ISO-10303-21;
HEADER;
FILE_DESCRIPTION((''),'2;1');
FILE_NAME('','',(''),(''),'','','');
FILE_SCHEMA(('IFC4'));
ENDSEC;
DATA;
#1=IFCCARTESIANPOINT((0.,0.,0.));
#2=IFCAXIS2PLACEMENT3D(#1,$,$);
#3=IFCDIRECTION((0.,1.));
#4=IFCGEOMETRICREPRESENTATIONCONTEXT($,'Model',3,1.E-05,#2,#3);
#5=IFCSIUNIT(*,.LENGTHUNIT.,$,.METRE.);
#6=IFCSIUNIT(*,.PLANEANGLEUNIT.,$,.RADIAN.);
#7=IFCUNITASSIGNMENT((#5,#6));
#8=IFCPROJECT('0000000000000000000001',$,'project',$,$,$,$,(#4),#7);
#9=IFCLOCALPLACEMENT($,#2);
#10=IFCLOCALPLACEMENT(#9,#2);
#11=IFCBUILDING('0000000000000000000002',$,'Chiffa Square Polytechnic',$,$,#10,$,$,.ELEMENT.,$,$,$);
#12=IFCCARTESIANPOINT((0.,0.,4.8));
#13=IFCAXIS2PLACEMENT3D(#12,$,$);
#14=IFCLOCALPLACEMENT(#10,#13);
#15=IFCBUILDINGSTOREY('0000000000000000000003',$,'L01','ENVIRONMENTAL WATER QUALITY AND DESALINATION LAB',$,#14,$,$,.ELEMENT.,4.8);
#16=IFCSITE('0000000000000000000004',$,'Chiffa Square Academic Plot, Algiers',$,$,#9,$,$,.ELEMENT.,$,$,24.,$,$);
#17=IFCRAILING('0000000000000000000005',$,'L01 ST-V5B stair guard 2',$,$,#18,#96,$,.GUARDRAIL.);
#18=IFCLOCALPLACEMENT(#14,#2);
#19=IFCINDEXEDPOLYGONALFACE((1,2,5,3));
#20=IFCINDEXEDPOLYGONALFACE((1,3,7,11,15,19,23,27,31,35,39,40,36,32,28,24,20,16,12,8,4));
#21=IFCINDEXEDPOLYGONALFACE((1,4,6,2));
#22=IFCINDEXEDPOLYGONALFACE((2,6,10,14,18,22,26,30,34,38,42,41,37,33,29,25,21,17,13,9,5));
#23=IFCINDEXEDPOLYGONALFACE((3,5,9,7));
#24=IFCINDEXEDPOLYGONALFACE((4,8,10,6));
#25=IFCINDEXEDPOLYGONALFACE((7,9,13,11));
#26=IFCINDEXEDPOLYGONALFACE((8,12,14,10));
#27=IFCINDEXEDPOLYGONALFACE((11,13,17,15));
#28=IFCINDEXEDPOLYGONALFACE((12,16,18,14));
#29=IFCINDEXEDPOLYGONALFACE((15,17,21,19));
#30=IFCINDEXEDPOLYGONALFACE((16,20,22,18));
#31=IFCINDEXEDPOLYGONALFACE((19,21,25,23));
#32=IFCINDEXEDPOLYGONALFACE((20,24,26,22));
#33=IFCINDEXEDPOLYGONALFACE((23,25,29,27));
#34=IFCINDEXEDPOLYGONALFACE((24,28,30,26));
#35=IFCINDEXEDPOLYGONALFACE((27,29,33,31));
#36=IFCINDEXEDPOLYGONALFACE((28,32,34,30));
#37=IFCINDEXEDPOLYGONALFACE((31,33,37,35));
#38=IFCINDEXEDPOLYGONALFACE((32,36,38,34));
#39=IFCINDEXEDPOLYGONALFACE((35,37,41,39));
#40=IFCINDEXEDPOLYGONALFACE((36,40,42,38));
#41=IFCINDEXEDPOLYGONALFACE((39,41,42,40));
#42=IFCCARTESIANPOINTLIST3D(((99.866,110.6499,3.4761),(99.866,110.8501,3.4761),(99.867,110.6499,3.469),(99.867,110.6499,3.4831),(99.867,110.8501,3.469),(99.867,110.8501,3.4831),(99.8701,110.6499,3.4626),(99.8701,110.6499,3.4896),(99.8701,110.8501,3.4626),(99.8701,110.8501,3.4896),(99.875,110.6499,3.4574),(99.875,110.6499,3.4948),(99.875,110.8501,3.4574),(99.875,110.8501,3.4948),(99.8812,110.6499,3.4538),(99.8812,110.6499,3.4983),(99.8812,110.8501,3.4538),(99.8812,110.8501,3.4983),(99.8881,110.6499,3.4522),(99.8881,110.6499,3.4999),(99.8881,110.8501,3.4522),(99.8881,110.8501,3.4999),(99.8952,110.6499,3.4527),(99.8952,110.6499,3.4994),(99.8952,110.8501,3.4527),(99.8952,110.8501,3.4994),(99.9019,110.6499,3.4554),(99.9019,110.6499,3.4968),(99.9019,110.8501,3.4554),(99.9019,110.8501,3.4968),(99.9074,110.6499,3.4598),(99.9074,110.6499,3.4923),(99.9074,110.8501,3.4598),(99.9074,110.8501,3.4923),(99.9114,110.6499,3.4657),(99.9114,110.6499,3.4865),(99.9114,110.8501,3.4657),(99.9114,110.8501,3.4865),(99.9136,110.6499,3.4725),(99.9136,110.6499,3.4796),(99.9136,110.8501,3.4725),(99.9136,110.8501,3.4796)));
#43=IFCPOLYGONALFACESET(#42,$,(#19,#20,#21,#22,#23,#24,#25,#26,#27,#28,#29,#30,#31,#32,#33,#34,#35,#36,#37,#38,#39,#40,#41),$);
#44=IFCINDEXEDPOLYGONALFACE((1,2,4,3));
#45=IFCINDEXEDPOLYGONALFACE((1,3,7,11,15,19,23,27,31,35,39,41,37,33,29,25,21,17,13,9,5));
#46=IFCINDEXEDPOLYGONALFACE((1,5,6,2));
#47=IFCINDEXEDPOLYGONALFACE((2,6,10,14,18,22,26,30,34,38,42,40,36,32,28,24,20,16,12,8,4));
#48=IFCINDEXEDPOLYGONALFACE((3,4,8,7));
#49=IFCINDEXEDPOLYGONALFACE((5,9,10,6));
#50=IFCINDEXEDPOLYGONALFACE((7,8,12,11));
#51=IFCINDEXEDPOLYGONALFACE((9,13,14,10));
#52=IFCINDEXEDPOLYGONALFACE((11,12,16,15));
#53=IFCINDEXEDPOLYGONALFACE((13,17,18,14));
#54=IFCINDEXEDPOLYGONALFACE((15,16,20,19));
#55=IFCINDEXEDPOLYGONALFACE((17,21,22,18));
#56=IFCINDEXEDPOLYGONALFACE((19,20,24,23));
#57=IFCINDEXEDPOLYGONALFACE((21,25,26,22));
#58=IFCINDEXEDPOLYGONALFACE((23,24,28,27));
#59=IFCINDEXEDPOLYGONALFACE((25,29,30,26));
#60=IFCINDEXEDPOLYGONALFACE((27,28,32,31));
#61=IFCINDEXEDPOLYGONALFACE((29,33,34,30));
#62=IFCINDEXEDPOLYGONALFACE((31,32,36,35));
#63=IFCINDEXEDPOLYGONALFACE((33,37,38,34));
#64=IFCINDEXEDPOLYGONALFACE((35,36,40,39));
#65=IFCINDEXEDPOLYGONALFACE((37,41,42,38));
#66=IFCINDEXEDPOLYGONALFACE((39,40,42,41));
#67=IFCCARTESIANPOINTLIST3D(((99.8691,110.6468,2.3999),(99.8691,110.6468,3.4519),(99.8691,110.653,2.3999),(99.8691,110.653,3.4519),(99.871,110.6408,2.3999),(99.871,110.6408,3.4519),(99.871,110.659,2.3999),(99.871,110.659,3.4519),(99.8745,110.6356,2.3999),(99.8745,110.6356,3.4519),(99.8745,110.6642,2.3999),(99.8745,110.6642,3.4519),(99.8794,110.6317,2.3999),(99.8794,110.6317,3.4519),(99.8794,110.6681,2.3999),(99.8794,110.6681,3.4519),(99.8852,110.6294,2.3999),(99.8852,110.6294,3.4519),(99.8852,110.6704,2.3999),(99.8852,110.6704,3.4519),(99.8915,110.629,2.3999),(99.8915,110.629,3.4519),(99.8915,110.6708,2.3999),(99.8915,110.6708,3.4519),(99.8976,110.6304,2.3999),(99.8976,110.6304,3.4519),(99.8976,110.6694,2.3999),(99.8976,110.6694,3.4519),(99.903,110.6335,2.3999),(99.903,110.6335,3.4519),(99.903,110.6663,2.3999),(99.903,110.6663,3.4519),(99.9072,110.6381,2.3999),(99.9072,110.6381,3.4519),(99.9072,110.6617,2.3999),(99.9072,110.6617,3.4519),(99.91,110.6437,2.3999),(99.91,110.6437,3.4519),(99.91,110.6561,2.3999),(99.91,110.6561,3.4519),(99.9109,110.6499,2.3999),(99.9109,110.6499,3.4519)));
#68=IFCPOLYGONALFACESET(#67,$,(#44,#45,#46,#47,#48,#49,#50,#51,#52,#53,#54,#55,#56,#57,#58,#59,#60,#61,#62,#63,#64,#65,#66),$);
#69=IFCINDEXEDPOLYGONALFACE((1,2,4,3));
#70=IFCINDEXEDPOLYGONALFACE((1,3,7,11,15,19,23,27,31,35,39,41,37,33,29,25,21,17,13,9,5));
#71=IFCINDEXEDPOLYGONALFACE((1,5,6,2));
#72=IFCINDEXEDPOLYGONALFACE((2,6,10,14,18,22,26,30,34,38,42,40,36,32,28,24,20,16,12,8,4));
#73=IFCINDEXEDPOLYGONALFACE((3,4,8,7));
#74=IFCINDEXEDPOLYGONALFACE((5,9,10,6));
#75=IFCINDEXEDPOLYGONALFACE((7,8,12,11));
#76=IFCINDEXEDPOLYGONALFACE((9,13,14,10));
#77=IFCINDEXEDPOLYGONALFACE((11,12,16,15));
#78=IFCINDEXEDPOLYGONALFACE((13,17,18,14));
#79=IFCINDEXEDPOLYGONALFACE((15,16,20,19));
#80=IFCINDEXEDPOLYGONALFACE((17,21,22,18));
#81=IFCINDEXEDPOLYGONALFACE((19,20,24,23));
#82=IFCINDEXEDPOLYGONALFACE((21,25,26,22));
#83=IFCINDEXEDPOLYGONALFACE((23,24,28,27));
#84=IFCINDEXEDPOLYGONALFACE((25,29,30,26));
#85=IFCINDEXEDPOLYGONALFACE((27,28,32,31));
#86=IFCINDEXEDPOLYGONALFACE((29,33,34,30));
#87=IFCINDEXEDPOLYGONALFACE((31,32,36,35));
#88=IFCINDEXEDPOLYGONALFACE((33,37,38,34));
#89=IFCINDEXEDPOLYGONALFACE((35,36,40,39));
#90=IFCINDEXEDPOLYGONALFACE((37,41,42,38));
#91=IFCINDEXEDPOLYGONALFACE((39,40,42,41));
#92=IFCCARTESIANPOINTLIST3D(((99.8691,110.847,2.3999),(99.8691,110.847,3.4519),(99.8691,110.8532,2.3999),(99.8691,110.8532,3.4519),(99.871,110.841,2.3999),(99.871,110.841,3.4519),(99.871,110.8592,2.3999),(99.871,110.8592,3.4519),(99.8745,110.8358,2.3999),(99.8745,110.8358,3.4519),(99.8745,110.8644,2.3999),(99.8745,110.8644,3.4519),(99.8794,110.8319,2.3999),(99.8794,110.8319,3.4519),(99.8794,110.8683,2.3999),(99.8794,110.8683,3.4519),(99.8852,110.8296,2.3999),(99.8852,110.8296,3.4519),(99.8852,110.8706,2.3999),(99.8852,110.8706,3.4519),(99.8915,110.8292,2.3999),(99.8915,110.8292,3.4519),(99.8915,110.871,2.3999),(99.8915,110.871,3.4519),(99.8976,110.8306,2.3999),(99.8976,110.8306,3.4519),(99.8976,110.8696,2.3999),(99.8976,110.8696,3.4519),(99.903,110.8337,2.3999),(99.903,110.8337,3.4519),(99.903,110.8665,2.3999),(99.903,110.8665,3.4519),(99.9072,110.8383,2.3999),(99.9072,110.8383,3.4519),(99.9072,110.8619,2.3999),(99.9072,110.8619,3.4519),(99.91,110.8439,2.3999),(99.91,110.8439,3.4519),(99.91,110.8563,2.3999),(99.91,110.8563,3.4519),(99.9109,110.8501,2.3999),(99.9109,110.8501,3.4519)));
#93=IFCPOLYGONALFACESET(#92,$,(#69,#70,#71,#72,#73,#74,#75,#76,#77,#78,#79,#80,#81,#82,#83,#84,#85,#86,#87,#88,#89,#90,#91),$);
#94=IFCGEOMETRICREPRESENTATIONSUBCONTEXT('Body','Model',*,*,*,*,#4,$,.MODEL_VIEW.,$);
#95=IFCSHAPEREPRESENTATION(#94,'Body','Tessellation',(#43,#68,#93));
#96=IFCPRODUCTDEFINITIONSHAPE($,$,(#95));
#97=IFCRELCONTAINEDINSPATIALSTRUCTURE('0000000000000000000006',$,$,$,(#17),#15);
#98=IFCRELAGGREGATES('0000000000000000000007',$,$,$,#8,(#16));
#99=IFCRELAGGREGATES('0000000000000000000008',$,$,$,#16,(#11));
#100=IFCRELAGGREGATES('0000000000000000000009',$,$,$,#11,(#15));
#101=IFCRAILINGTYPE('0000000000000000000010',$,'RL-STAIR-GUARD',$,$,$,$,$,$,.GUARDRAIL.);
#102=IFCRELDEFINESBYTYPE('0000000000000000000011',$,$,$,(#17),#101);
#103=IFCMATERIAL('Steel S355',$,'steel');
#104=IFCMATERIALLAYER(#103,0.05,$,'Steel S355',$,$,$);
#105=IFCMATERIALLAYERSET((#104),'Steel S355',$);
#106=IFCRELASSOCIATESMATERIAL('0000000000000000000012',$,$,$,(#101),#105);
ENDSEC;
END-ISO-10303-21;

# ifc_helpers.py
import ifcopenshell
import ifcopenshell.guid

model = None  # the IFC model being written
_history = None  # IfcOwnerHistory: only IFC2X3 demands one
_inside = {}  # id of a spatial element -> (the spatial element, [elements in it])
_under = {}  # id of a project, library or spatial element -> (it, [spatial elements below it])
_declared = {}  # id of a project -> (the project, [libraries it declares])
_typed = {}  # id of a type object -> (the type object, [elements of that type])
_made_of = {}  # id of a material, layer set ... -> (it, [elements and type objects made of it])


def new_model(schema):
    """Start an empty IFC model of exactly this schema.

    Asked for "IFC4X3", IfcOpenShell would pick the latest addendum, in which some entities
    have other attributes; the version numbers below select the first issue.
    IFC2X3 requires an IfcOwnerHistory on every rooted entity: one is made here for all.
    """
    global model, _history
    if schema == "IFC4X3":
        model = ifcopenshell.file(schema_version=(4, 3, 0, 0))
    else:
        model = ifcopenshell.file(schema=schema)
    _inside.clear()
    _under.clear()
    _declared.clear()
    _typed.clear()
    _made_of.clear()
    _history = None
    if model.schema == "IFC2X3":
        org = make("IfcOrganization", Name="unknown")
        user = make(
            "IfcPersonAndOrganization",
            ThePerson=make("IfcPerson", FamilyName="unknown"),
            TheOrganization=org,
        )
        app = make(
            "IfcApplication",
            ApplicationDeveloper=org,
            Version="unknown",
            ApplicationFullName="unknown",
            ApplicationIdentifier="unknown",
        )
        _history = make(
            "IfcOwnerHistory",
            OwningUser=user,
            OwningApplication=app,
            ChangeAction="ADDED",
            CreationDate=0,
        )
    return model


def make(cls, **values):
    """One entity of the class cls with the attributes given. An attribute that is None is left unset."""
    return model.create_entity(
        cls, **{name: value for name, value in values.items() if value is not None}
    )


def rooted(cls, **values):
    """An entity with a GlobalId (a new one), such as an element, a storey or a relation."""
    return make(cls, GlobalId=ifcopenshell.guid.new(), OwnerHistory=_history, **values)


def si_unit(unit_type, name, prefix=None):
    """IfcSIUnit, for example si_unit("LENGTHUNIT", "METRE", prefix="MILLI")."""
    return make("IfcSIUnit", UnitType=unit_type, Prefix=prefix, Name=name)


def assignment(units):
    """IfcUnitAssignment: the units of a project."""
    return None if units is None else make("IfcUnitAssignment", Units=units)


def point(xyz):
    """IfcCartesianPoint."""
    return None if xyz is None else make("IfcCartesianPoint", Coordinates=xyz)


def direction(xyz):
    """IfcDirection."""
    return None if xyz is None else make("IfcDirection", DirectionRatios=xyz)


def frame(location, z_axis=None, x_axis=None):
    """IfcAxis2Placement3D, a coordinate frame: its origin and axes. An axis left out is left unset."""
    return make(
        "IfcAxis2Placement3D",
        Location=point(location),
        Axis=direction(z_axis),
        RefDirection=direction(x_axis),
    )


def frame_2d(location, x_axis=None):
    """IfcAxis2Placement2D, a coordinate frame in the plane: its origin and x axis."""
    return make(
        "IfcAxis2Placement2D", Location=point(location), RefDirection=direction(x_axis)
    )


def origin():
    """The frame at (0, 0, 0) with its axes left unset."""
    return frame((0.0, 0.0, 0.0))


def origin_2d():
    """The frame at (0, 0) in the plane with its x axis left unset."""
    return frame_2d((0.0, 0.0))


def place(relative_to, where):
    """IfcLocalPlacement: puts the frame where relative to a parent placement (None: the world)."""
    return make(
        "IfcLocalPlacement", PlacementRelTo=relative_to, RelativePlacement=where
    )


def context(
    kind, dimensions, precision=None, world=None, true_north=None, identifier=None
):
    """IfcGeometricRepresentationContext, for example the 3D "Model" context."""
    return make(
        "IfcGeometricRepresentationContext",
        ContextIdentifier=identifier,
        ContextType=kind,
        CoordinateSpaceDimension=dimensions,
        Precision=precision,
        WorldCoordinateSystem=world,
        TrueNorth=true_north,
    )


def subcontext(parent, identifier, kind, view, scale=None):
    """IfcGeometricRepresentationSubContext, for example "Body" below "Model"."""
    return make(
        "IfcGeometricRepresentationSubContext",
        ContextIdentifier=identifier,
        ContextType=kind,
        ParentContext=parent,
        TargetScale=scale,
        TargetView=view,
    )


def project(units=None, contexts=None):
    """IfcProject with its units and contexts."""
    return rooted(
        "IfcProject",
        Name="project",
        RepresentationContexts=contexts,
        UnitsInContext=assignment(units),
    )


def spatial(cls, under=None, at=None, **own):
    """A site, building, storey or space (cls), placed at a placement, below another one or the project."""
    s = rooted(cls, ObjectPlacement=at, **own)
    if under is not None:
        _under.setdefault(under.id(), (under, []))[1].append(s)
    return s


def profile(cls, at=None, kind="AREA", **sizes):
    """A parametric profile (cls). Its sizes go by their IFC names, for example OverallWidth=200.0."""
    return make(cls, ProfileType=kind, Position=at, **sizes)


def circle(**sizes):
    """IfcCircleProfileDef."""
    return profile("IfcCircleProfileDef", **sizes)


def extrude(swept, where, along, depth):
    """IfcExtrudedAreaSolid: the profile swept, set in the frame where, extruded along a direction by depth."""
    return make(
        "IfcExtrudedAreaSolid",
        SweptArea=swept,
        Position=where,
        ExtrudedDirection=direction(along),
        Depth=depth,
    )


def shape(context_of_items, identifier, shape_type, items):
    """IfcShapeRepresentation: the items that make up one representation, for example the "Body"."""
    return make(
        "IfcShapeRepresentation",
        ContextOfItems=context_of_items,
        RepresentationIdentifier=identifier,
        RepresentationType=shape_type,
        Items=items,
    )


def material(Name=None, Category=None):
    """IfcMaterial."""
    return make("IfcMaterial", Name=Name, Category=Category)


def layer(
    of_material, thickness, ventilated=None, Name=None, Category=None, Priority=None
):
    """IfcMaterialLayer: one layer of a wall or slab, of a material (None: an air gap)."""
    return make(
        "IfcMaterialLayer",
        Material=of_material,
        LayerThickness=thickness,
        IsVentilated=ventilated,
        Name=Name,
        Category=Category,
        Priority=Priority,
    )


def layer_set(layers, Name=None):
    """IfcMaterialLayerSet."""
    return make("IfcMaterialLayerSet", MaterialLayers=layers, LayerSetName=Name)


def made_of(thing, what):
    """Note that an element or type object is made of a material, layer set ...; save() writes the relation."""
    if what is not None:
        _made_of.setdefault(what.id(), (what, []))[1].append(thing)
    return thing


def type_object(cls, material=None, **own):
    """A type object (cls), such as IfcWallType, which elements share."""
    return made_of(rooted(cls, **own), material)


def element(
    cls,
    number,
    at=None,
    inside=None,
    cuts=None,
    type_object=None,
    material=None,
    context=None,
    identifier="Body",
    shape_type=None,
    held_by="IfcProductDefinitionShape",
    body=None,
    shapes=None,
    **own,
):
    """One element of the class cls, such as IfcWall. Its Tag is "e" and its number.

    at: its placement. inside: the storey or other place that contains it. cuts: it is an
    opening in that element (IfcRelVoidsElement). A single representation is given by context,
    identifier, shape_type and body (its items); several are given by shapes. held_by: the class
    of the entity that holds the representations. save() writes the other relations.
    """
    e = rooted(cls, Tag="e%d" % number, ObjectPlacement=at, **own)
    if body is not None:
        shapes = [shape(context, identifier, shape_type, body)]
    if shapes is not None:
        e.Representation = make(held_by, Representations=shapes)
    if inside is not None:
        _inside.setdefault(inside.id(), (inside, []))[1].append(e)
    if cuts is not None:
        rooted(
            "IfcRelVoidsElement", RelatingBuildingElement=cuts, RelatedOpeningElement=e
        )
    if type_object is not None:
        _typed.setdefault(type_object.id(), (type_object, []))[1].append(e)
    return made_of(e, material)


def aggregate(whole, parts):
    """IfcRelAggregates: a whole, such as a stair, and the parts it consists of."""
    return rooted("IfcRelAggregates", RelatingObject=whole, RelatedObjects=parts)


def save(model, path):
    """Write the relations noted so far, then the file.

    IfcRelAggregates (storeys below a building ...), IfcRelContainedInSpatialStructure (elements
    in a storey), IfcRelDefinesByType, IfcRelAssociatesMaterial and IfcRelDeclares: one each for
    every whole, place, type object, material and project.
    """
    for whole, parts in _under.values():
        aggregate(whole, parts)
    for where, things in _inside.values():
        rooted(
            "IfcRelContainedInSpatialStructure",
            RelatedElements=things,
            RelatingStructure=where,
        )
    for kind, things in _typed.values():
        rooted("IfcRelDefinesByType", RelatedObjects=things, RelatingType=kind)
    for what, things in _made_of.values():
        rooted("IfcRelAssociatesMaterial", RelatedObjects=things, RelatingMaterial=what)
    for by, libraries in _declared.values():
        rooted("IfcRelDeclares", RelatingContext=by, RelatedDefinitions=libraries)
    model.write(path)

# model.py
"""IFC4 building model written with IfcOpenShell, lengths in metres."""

from ifc_helpers import new_model, si_unit, direction, frame, origin, origin_2d, place, context, subcontext, project, spatial, circle, extrude, material, layer, layer_set, type_object, element, save


model = new_model("IFC4")

# Units and contexts
model_context = context("Model", 3, precision=1e-05, world=origin(), true_north=direction((0.0, 1.0)))
body_context = subcontext(model_context, "Body", "Model", "MODEL_VIEW")
ifc_project = project(units=[si_unit("LENGTHUNIT", "METRE"), si_unit("PLANEANGLEUNIT", "RADIAN")], contexts=[model_context])

# Site, building, storey
site_placement = place(None, origin())
site = spatial("IfcSite", under=ifc_project, at=site_placement, Name="Chiffa Square Academic Plot, Algiers", CompositionType="ELEMENT", RefElevation=24.0)
building_placement = place(site_placement, origin())
building = spatial("IfcBuilding", under=site, at=building_placement, Name="Chiffa Square Polytechnic", CompositionType="ELEMENT")
storey_placement = place(building_placement, frame((0.0, 0.0, 4.8)))
storey = spatial("IfcBuildingStorey", under=building, at=storey_placement, Name="L01", Description="ENVIRONMENTAL WATER QUALITY AND DESALINATION LAB", CompositionType="ELEMENT", Elevation=4.8)

# Railing
ifc_material_1 = material(Name="Steel S355", Category="steel")
ifc_layer_1 = layer(ifc_material_1, 0.05, Name="Steel S355")
ifc_layer_set_1 = layer_set([ifc_layer_1], Name="Steel S355")
railing_type_1 = type_object("IfcRailingType", Name="RL-STAIR-GUARD", PredefinedType="GUARDRAIL", material=ifc_layer_set_1)
railing_1_placement = place(storey_placement, frame((99.8899, 110.6499, 2.3999)))
element("IfcRailing", 1, at=railing_1_placement, inside=storey, type_object=railing_type_1, Name="L01 ST-V5B stair guard 2", PredefinedType="GUARDRAIL", context=body_context, shape_type="SweptSolid", body=[
    extrude(circle(Radius=0.0239, at=origin_2d()), frame((0.0, 0.0, 1.0762), z_axis=(0.0, 1.0, 0.0), x_axis=(-1.0, 0.0, 0.0)), (0.0, 0.0, 1.0), 0.2002),
    extrude(circle(Radius=0.021, at=origin_2d()), origin(), (0.0, 0.0, 1.0), 1.052),
    extrude(circle(Radius=0.021, at=origin_2d()), frame((0.0, 0.2002, 0.0)), (0.0, 0.0, 1.0), 1.052),
])

save(model, "model.ifc")
